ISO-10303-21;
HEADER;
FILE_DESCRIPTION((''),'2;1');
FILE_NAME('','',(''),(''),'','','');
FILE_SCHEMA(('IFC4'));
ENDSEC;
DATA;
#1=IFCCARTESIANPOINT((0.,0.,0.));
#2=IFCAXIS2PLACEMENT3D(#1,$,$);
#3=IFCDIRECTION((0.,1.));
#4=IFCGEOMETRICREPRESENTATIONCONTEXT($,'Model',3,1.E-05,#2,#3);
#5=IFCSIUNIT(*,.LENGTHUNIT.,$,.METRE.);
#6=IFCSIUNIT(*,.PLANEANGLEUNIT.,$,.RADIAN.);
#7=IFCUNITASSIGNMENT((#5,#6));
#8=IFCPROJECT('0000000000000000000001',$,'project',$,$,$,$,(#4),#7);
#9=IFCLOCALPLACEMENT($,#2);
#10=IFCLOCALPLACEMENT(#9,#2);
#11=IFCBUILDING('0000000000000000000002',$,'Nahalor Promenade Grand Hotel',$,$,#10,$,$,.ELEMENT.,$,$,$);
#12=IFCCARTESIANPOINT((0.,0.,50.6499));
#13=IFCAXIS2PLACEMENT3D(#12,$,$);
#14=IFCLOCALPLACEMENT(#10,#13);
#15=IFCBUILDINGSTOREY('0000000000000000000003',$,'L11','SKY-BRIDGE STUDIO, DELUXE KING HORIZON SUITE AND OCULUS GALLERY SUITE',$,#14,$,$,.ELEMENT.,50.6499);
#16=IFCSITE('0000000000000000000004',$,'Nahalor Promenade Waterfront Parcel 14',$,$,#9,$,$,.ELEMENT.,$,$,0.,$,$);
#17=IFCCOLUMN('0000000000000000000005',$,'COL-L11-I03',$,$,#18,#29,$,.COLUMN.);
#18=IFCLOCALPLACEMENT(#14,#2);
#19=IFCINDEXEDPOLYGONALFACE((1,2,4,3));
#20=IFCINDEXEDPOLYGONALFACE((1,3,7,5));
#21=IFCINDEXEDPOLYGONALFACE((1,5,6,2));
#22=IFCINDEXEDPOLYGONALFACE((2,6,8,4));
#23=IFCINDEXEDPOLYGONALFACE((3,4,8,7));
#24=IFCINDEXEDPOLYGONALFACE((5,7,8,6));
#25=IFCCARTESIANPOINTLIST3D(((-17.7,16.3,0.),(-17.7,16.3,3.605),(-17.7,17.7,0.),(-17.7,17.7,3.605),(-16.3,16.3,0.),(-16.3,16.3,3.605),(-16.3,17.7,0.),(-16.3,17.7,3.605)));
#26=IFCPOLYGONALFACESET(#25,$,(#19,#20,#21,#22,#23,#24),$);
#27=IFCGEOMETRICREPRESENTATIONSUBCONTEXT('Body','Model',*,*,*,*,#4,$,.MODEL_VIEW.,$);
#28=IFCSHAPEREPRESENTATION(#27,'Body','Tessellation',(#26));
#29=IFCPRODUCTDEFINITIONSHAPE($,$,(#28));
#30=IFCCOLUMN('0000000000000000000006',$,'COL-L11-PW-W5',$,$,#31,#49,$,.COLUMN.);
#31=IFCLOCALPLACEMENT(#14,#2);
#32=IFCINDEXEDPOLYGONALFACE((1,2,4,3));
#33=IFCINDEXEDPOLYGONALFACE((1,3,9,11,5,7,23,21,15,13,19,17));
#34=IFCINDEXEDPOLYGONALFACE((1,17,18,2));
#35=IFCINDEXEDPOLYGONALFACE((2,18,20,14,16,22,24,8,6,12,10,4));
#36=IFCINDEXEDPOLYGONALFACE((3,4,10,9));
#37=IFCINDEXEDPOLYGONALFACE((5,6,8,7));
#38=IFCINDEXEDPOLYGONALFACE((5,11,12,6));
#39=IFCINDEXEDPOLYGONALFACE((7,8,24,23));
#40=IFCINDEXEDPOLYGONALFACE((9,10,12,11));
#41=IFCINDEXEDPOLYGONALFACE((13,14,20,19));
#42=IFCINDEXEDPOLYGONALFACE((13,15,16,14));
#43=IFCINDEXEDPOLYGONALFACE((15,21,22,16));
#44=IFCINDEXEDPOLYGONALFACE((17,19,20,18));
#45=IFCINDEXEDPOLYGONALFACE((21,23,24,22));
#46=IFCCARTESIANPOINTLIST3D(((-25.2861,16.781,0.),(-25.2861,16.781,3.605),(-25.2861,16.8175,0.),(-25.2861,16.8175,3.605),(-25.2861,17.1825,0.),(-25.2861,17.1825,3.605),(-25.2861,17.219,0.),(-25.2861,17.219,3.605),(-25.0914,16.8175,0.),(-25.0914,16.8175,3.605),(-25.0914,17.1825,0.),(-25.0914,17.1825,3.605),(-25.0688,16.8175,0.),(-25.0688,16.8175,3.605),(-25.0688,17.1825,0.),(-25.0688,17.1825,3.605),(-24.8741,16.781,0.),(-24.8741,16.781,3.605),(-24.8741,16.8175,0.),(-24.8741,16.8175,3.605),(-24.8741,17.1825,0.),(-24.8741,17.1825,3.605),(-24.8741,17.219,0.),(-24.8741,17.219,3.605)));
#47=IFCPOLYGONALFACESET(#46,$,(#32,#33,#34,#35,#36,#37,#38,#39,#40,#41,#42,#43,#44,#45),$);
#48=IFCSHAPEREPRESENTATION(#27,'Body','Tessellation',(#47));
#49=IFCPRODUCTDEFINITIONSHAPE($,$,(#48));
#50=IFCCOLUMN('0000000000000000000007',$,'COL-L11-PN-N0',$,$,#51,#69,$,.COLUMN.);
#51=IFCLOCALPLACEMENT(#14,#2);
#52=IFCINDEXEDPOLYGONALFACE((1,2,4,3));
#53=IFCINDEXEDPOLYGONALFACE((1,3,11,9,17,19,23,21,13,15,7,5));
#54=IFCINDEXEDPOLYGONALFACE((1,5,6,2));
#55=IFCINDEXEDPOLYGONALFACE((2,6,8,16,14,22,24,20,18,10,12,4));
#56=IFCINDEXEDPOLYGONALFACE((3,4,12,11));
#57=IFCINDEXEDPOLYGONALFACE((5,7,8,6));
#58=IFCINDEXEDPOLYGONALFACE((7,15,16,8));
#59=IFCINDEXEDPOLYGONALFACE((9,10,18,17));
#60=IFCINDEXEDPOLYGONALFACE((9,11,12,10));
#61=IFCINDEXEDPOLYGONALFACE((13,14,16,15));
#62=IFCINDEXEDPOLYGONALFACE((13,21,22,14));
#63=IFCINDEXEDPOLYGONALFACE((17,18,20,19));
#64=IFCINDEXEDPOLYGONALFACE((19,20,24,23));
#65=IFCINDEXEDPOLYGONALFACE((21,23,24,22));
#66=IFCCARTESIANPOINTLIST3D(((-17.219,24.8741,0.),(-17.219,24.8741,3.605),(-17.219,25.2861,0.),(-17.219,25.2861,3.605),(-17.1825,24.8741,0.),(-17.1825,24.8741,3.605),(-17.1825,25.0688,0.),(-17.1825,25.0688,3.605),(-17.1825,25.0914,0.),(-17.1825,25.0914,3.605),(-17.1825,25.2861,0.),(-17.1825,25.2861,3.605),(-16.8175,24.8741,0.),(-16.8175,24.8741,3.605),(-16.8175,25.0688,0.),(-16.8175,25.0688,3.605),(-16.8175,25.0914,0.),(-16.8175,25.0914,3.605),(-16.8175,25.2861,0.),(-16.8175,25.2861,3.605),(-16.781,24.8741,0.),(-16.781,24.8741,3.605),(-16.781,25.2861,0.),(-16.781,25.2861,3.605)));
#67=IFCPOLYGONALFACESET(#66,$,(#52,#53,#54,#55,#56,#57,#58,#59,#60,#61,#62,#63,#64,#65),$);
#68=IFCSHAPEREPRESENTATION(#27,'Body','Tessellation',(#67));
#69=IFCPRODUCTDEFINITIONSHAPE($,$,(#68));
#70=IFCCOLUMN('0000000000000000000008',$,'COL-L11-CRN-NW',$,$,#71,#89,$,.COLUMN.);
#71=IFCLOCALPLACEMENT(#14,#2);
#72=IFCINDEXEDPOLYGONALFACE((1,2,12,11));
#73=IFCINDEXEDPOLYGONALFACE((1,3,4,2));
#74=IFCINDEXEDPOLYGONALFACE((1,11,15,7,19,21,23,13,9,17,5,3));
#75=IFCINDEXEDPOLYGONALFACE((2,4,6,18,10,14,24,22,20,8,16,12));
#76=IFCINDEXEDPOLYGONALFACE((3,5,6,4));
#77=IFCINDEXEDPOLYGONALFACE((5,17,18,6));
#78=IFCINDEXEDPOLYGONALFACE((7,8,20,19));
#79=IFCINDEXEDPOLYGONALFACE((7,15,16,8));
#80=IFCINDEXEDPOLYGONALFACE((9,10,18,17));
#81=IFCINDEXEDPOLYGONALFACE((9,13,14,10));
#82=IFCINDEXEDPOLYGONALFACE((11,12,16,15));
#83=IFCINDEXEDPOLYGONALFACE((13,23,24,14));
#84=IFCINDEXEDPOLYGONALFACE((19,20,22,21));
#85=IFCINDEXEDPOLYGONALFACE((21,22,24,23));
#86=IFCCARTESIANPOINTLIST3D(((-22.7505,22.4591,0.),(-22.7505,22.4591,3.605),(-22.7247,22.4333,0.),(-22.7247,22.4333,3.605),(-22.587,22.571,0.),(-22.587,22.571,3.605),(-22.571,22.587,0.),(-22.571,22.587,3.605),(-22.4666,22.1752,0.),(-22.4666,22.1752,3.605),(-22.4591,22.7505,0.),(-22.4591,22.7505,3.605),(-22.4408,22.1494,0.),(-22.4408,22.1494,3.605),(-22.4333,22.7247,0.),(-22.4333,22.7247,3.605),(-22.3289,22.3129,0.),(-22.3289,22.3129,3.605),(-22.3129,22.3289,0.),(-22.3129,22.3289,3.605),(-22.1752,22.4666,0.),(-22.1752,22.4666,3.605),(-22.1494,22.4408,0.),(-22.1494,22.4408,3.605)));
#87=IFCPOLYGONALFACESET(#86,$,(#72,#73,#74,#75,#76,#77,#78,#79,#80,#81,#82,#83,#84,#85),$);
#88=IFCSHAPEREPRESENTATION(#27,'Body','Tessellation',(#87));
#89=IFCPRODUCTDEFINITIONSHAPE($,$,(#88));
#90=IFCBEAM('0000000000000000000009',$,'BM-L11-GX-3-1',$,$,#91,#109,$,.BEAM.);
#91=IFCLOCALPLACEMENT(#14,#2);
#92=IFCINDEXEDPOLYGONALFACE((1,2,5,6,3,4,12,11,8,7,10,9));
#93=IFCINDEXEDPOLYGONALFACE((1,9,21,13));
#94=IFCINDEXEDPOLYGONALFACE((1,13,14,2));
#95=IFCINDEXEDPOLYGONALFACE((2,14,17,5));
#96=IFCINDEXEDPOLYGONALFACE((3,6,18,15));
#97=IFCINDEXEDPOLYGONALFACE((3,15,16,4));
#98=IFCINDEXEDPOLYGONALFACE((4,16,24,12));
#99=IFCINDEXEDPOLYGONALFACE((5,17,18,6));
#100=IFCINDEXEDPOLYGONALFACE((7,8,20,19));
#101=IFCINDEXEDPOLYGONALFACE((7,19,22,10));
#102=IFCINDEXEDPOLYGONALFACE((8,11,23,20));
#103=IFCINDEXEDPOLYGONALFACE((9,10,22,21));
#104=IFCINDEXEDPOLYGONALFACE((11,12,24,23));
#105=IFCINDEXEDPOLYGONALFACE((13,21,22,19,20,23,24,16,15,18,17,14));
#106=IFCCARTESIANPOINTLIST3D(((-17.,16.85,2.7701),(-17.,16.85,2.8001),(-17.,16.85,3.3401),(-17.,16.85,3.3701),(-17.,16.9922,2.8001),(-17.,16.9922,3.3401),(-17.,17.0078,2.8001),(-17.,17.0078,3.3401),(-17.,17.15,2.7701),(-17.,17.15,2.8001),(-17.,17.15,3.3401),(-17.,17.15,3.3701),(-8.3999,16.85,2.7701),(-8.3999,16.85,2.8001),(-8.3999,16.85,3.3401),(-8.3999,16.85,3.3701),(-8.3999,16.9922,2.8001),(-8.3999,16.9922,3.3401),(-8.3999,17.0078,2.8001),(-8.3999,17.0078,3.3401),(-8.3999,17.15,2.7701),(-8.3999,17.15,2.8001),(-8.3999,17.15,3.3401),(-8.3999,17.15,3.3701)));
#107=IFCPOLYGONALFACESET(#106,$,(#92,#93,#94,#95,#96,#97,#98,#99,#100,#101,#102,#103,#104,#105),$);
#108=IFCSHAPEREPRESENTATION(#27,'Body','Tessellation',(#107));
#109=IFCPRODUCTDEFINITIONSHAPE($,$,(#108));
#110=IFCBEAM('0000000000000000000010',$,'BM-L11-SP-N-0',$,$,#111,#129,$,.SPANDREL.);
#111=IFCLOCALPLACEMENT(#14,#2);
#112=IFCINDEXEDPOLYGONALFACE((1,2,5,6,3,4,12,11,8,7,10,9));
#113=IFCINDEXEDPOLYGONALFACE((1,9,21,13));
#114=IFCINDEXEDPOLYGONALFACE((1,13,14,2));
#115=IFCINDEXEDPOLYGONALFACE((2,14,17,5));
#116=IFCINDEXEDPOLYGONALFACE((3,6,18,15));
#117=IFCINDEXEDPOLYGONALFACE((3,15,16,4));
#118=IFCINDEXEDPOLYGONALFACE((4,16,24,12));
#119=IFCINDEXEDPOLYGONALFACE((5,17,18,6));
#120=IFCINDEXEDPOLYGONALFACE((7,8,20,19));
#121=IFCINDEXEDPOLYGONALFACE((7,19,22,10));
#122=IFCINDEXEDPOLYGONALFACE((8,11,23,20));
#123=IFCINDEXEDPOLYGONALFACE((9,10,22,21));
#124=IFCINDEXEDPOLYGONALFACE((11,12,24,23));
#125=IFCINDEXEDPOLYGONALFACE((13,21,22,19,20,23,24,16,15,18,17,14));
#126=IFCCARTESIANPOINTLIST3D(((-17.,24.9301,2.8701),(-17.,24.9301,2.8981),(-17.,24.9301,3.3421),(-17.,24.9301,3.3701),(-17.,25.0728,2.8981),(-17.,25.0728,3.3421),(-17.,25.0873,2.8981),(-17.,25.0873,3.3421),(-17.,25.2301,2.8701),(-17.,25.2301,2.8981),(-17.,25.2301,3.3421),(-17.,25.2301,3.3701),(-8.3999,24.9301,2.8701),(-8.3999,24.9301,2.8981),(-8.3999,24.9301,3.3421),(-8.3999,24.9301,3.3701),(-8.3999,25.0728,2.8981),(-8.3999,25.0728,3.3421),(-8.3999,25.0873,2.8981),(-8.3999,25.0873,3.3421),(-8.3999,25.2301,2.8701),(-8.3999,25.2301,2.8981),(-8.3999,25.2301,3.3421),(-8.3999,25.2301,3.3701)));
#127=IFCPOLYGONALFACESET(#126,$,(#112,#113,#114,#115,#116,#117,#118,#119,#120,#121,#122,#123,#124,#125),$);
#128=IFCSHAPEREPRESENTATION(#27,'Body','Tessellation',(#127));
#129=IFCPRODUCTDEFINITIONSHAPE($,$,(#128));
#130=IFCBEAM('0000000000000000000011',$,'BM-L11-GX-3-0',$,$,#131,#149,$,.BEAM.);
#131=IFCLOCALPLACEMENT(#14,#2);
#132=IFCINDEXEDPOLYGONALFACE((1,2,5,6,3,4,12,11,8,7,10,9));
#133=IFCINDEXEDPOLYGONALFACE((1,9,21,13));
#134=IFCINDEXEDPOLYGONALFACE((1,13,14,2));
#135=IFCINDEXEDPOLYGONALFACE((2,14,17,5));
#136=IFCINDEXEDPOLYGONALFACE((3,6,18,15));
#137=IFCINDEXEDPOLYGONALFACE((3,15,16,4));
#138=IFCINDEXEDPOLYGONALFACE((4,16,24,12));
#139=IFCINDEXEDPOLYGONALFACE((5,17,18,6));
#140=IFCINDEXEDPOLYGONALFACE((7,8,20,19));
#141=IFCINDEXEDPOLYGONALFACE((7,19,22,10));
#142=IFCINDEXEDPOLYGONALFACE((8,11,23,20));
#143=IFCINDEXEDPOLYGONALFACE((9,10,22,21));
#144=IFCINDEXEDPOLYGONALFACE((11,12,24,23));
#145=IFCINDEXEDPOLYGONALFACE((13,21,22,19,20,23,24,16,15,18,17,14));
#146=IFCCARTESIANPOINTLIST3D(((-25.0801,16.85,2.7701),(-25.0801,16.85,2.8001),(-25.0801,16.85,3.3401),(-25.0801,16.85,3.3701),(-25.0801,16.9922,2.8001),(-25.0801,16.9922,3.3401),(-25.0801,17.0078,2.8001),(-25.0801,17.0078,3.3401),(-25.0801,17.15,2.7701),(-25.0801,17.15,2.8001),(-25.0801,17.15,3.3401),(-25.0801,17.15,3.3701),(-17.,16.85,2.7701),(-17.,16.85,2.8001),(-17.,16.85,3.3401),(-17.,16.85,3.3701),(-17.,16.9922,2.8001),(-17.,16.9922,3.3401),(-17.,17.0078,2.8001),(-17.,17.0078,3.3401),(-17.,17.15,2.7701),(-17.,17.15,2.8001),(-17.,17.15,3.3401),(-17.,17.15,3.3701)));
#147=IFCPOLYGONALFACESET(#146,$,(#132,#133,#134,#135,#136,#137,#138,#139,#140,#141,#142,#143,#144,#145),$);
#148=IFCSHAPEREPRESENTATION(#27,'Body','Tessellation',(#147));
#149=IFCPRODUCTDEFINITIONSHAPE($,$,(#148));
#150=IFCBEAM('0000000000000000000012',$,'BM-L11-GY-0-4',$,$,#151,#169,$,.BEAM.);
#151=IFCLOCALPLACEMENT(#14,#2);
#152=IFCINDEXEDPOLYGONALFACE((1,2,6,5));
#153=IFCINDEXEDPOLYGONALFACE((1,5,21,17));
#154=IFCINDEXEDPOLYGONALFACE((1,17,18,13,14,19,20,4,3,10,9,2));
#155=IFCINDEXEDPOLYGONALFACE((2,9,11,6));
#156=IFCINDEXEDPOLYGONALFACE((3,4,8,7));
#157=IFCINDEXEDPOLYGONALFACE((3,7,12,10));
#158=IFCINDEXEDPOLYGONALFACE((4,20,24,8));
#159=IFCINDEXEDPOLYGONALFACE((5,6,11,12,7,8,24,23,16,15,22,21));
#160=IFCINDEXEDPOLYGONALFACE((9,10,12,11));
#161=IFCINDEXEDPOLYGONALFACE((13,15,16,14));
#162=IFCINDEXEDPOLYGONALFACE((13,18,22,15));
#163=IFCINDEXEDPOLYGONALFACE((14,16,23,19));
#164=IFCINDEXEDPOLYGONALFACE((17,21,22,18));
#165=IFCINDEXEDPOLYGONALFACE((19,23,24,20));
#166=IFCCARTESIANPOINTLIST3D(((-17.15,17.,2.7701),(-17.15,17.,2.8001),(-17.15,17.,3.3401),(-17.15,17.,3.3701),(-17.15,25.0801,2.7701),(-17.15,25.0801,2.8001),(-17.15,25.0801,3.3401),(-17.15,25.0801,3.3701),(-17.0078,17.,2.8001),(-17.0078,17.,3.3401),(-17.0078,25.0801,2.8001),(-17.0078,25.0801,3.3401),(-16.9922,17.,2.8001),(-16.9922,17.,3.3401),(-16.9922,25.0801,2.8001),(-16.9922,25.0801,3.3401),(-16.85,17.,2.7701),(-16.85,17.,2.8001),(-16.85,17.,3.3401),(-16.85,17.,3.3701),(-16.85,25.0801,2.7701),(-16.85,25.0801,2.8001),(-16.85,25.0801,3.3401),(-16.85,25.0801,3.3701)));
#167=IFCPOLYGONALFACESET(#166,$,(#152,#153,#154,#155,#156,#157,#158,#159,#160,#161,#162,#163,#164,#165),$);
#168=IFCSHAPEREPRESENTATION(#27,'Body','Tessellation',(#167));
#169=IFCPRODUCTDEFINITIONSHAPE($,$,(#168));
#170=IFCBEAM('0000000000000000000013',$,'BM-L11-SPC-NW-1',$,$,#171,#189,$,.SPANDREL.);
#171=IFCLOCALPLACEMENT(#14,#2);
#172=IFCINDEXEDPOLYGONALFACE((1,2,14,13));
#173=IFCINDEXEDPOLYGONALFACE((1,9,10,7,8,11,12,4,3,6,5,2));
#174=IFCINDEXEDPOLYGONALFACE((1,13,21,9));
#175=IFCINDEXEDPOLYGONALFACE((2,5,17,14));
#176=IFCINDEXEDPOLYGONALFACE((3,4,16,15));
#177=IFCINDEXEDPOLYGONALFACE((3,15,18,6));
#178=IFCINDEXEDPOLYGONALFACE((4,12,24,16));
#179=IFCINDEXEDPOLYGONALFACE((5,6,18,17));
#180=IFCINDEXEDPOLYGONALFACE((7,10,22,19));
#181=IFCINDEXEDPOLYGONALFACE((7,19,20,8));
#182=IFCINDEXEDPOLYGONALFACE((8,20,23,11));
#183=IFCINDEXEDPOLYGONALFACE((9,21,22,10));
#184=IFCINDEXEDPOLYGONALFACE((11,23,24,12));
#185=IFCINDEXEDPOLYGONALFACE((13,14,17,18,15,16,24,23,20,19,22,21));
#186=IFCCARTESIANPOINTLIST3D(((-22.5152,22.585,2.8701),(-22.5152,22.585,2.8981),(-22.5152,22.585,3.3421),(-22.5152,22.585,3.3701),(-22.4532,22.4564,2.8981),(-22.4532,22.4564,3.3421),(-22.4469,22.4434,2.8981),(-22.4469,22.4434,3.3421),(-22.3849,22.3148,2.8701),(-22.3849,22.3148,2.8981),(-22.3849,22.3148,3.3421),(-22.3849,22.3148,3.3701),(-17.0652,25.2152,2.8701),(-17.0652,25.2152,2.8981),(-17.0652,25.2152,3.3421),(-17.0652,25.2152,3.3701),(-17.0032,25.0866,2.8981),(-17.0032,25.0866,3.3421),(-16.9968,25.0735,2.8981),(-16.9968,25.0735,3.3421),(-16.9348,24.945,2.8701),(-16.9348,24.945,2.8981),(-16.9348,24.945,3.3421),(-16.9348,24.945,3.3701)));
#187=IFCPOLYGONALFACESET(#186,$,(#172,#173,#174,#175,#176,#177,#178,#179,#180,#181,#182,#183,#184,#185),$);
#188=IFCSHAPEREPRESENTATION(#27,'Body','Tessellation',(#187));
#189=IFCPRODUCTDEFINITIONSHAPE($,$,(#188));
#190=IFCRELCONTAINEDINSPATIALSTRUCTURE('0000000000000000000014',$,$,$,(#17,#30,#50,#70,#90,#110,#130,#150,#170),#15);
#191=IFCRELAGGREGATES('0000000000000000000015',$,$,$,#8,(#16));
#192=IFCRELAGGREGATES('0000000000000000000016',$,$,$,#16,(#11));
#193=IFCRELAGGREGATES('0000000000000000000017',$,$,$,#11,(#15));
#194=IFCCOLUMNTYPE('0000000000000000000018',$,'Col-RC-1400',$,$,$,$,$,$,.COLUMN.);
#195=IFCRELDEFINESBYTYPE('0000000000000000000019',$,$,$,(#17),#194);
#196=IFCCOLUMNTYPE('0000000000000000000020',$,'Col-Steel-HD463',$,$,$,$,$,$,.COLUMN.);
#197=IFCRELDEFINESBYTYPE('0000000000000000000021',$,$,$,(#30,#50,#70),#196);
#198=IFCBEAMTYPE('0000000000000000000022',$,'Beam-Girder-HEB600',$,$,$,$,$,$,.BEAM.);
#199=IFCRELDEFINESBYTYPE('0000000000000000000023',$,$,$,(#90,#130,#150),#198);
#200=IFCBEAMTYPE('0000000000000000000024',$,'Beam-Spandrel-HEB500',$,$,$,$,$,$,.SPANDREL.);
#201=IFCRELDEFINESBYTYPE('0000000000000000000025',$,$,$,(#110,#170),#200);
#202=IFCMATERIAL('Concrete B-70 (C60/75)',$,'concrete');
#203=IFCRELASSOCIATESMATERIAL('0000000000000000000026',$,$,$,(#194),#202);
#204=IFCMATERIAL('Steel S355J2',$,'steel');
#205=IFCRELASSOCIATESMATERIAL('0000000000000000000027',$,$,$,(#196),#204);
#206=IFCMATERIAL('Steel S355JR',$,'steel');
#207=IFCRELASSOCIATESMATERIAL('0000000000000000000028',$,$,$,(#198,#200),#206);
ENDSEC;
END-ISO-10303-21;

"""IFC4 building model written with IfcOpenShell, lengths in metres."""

from ifc_helpers import new_model, si_unit, direction, frame, origin, origin_2d, place, context, subcontext, project, spatial, rectangle, i_section, extrude, source, transform, mapped, material, material_profile, profile_set, type_object, element, save


model = new_model("IFC4")

# Units and contexts
model_context = context("Model", 3, precision=1e-05, world=origin(), true_north=direction((0.0, 1.0)))
body_context = subcontext(model_context, "Body", "Model", "MODEL_VIEW")
ifc_project = project(units=[si_unit("LENGTHUNIT", "METRE"), si_unit("PLANEANGLEUNIT", "RADIAN")], contexts=[model_context])

# Site, building, storey
site_placement = place(None, origin())
site = spatial("IfcSite", under=ifc_project, at=site_placement, Name="Nahalor Promenade Waterfront Parcel 14", CompositionType="ELEMENT", RefElevation=0.0)
building_placement = place(site_placement, origin())
building = spatial("IfcBuilding", under=site, at=building_placement, Name="Nahalor Promenade Grand Hotel", CompositionType="ELEMENT")
storey_placement = place(building_placement, frame((0.0, 0.0, 50.6499)))
storey = spatial("IfcBuildingStorey", under=building, at=storey_placement, Name="L11", Description="SKY-BRIDGE STUDIO, DELUXE KING HORIZON SUITE AND OCULUS GALLERY SUITE", CompositionType="ELEMENT", Elevation=50.6499)

# Columns
ifc_material_1 = material(Name="Concrete B-70 (C60/75)", Category="concrete")
ifc_material_profile_1 = material_profile(ifc_material_1, rectangle(XDim=1.4, YDim=1.4, at=origin_2d()), Name="RC 1400x1400")
ifc_profile_set_1 = profile_set([ifc_material_profile_1], Name="Concrete B-70 (C60/75)")
column_type_1 = type_object("IfcColumnType", Name="Col-RC-1400", PredefinedType="COLUMN", material=ifc_profile_set_1)
shared_shape_1 = source(origin(), body_context, "Body", "SweptSolid", [
    extrude(rectangle(XDim=1.4, YDim=1.4, at=origin_2d()), origin(), (0.0, 0.0, 1.0), 3.605),
])
column_placement = place(storey_placement, frame((-17.0, 17.0, 0.0), z_axis=(0.0, 0.0, 1.0), x_axis=(1.0, 0.0, 0.0)))
element("IfcColumn", 1, at=column_placement, inside=storey, type_object=column_type_1, Name="COL-L11-I03", PredefinedType="COLUMN", context=body_context, shape_type="MappedRepresentation", body=[
    mapped(shared_shape_1, transform((0.0, 0.0, 0.0), scale=1.0)),
])
ifc_material_2 = material(Name="Steel S355J2", Category="steel")
ifc_material_profile_2 = material_profile(ifc_material_2, i_section(OverallWidth=0.412, OverallDepth=0.438, WebThickness=0.0226, FlangeThickness=0.0365, at=origin_2d()), Name="HD 400x463")
ifc_profile_set_2 = profile_set([ifc_material_profile_2], Name="Steel S355J2")
column_type_2 = type_object("IfcColumnType", Name="Col-Steel-HD463", PredefinedType="COLUMN", material=ifc_profile_set_2)
shared_shape_2 = source(origin(), body_context, "Body", "SweptSolid", [
    extrude(i_section(OverallWidth=0.412, OverallDepth=0.438, WebThickness=0.0226, FlangeThickness=0.0365, at=origin_2d()), origin(), (0.0, 0.0, 1.0), 3.605),
])
for number, where, z_axis, x_axis, name in (
    (2, (-25.0801, 17.0, 0.0), (0.0, 0.0, 1.0), (1.0, 0.0, 0.0), "COL-L11-PW-W5"),
    (3, (-17.0, 25.0801, 0.0), (0.0, 0.0, 1.0), (0.0, 1.0, 0.0), "COL-L11-PN-N0"),
    (4, (-22.45, 22.45, 0.0), (0.0, 0.0, 1.0), (0.707107, 0.707107, 0.0), "COL-L11-CRN-NW"),
):
    element("IfcColumn", number, at=place(storey_placement, frame(where, z_axis=z_axis, x_axis=x_axis)), inside=storey, type_object=column_type_2, Name=name, PredefinedType="COLUMN", context=body_context, shape_type="MappedRepresentation", body=[
        mapped(shared_shape_2, transform((0.0, 0.0, 0.0), scale=1.0)),
    ])

# Beams
ifc_material_3 = material(Name="Steel S355JR", Category="steel")
ifc_material_profile_3 = material_profile(ifc_material_3, i_section(OverallWidth=0.3, OverallDepth=0.6, WebThickness=0.0155, FlangeThickness=0.03, at=origin_2d()), Name="HEB 600")
ifc_profile_set_3 = profile_set([ifc_material_profile_3], Name="Steel S355JR")
beam_type_1 = type_object("IfcBeamType", Name="Beam-Girder-HEB600", PredefinedType="BEAM", material=ifc_profile_set_3)
shared_shape_3 = source(origin(), body_context, "Body", "SweptSolid", [
    extrude(i_section(OverallWidth=0.3, OverallDepth=0.6, WebThickness=0.0155, FlangeThickness=0.03, at=origin_2d()), origin(), (0.0, 0.0, 1.0), 8.6001),
])
beam_1_placement = place(storey_placement, frame((-17.0, 17.0, 3.0701), z_axis=(1.0, 0.0, 0.0), x_axis=(0.0, 1.0, 0.0)))
element("IfcBeam", 5, at=beam_1_placement, inside=storey, type_object=beam_type_1, Name="BM-L11-GX-3-1", PredefinedType="BEAM", context=body_context, shape_type="MappedRepresentation", body=[
    mapped(shared_shape_3, transform((0.0, 0.0, 0.0), scale=1.0)),
])
ifc_material_profile_4 = material_profile(ifc_material_3, i_section(OverallWidth=0.3, OverallDepth=0.5, WebThickness=0.0145, FlangeThickness=0.028, at=origin_2d()), Name="HEB 500")
ifc_profile_set_4 = profile_set([ifc_material_profile_4], Name="Steel S355JR")
beam_type_2 = type_object("IfcBeamType", Name="Beam-Spandrel-HEB500", PredefinedType="SPANDREL", material=ifc_profile_set_4)
shared_shape_4 = source(origin(), body_context, "Body", "SweptSolid", [
    extrude(i_section(OverallWidth=0.3, OverallDepth=0.5, WebThickness=0.0145, FlangeThickness=0.028, at=origin_2d()), origin(), (0.0, 0.0, 1.0), 8.6001),
])
beam_2_placement = place(storey_placement, frame((-17.0, 25.0801, 3.1201), z_axis=(1.0, 0.0, 0.0), x_axis=(0.0, 1.0, 0.0)))
element("IfcBeam", 6, at=beam_2_placement, inside=storey, type_object=beam_type_2, Name="BM-L11-SP-N-0", PredefinedType="SPANDREL", context=body_context, shape_type="MappedRepresentation", body=[
    mapped(shared_shape_4, transform((0.0, 0.0, 0.0), scale=1.0)),
])
shared_shape_5 = source(origin(), body_context, "Body", "SweptSolid", [
    extrude(i_section(OverallWidth=0.3, OverallDepth=0.6, WebThickness=0.0155, FlangeThickness=0.03, at=origin_2d()), origin(), (0.0, 0.0, 1.0), 8.0801),
])
for number, where, z_axis, x_axis, name in (
    (7, (-25.0801, 17.0, 3.0701), (1.0, 0.0, 0.0), (0.0, 1.0, 0.0), "BM-L11-GX-3-0"),
    (8, (-17.0, 17.0, 3.0701), (0.0, 1.0, 0.0), (-1.0, 0.0, 0.0), "BM-L11-GY-0-4"),
):
    element("IfcBeam", number, at=place(storey_placement, frame(where, z_axis=z_axis, x_axis=x_axis)), inside=storey, type_object=beam_type_1, Name=name, PredefinedType="BEAM", context=body_context, shape_type="MappedRepresentation", body=[
        mapped(shared_shape_5, transform((0.0, 0.0, 0.0), scale=1.0)),
    ])
shared_shape_6 = source(origin(), body_context, "Body", "SweptSolid", [
    extrude(i_section(OverallWidth=0.3, OverallDepth=0.5, WebThickness=0.0145, FlangeThickness=0.028, at=origin_2d()), origin(), (0.0, 0.0, 1.0), 6.0515),
])
for number, where, z_axis, x_axis, name in (
    (9, (-17.0, 25.0801, 3.1201), (-0.900609, -0.434631, 0.0), (0.434631, -0.900609, 0.0), "BM-L11-SPC-NW-1"),
):
    element("IfcBeam", number, at=place(storey_placement, frame(where, z_axis=z_axis, x_axis=x_axis)), inside=storey, type_object=beam_type_2, Name=name, PredefinedType="SPANDREL", context=body_context, shape_type="MappedRepresentation", body=[
        mapped(shared_shape_6, transform((0.0, 0.0, 0.0), scale=1.0)),
    ])

save(model, "model.ifc")
